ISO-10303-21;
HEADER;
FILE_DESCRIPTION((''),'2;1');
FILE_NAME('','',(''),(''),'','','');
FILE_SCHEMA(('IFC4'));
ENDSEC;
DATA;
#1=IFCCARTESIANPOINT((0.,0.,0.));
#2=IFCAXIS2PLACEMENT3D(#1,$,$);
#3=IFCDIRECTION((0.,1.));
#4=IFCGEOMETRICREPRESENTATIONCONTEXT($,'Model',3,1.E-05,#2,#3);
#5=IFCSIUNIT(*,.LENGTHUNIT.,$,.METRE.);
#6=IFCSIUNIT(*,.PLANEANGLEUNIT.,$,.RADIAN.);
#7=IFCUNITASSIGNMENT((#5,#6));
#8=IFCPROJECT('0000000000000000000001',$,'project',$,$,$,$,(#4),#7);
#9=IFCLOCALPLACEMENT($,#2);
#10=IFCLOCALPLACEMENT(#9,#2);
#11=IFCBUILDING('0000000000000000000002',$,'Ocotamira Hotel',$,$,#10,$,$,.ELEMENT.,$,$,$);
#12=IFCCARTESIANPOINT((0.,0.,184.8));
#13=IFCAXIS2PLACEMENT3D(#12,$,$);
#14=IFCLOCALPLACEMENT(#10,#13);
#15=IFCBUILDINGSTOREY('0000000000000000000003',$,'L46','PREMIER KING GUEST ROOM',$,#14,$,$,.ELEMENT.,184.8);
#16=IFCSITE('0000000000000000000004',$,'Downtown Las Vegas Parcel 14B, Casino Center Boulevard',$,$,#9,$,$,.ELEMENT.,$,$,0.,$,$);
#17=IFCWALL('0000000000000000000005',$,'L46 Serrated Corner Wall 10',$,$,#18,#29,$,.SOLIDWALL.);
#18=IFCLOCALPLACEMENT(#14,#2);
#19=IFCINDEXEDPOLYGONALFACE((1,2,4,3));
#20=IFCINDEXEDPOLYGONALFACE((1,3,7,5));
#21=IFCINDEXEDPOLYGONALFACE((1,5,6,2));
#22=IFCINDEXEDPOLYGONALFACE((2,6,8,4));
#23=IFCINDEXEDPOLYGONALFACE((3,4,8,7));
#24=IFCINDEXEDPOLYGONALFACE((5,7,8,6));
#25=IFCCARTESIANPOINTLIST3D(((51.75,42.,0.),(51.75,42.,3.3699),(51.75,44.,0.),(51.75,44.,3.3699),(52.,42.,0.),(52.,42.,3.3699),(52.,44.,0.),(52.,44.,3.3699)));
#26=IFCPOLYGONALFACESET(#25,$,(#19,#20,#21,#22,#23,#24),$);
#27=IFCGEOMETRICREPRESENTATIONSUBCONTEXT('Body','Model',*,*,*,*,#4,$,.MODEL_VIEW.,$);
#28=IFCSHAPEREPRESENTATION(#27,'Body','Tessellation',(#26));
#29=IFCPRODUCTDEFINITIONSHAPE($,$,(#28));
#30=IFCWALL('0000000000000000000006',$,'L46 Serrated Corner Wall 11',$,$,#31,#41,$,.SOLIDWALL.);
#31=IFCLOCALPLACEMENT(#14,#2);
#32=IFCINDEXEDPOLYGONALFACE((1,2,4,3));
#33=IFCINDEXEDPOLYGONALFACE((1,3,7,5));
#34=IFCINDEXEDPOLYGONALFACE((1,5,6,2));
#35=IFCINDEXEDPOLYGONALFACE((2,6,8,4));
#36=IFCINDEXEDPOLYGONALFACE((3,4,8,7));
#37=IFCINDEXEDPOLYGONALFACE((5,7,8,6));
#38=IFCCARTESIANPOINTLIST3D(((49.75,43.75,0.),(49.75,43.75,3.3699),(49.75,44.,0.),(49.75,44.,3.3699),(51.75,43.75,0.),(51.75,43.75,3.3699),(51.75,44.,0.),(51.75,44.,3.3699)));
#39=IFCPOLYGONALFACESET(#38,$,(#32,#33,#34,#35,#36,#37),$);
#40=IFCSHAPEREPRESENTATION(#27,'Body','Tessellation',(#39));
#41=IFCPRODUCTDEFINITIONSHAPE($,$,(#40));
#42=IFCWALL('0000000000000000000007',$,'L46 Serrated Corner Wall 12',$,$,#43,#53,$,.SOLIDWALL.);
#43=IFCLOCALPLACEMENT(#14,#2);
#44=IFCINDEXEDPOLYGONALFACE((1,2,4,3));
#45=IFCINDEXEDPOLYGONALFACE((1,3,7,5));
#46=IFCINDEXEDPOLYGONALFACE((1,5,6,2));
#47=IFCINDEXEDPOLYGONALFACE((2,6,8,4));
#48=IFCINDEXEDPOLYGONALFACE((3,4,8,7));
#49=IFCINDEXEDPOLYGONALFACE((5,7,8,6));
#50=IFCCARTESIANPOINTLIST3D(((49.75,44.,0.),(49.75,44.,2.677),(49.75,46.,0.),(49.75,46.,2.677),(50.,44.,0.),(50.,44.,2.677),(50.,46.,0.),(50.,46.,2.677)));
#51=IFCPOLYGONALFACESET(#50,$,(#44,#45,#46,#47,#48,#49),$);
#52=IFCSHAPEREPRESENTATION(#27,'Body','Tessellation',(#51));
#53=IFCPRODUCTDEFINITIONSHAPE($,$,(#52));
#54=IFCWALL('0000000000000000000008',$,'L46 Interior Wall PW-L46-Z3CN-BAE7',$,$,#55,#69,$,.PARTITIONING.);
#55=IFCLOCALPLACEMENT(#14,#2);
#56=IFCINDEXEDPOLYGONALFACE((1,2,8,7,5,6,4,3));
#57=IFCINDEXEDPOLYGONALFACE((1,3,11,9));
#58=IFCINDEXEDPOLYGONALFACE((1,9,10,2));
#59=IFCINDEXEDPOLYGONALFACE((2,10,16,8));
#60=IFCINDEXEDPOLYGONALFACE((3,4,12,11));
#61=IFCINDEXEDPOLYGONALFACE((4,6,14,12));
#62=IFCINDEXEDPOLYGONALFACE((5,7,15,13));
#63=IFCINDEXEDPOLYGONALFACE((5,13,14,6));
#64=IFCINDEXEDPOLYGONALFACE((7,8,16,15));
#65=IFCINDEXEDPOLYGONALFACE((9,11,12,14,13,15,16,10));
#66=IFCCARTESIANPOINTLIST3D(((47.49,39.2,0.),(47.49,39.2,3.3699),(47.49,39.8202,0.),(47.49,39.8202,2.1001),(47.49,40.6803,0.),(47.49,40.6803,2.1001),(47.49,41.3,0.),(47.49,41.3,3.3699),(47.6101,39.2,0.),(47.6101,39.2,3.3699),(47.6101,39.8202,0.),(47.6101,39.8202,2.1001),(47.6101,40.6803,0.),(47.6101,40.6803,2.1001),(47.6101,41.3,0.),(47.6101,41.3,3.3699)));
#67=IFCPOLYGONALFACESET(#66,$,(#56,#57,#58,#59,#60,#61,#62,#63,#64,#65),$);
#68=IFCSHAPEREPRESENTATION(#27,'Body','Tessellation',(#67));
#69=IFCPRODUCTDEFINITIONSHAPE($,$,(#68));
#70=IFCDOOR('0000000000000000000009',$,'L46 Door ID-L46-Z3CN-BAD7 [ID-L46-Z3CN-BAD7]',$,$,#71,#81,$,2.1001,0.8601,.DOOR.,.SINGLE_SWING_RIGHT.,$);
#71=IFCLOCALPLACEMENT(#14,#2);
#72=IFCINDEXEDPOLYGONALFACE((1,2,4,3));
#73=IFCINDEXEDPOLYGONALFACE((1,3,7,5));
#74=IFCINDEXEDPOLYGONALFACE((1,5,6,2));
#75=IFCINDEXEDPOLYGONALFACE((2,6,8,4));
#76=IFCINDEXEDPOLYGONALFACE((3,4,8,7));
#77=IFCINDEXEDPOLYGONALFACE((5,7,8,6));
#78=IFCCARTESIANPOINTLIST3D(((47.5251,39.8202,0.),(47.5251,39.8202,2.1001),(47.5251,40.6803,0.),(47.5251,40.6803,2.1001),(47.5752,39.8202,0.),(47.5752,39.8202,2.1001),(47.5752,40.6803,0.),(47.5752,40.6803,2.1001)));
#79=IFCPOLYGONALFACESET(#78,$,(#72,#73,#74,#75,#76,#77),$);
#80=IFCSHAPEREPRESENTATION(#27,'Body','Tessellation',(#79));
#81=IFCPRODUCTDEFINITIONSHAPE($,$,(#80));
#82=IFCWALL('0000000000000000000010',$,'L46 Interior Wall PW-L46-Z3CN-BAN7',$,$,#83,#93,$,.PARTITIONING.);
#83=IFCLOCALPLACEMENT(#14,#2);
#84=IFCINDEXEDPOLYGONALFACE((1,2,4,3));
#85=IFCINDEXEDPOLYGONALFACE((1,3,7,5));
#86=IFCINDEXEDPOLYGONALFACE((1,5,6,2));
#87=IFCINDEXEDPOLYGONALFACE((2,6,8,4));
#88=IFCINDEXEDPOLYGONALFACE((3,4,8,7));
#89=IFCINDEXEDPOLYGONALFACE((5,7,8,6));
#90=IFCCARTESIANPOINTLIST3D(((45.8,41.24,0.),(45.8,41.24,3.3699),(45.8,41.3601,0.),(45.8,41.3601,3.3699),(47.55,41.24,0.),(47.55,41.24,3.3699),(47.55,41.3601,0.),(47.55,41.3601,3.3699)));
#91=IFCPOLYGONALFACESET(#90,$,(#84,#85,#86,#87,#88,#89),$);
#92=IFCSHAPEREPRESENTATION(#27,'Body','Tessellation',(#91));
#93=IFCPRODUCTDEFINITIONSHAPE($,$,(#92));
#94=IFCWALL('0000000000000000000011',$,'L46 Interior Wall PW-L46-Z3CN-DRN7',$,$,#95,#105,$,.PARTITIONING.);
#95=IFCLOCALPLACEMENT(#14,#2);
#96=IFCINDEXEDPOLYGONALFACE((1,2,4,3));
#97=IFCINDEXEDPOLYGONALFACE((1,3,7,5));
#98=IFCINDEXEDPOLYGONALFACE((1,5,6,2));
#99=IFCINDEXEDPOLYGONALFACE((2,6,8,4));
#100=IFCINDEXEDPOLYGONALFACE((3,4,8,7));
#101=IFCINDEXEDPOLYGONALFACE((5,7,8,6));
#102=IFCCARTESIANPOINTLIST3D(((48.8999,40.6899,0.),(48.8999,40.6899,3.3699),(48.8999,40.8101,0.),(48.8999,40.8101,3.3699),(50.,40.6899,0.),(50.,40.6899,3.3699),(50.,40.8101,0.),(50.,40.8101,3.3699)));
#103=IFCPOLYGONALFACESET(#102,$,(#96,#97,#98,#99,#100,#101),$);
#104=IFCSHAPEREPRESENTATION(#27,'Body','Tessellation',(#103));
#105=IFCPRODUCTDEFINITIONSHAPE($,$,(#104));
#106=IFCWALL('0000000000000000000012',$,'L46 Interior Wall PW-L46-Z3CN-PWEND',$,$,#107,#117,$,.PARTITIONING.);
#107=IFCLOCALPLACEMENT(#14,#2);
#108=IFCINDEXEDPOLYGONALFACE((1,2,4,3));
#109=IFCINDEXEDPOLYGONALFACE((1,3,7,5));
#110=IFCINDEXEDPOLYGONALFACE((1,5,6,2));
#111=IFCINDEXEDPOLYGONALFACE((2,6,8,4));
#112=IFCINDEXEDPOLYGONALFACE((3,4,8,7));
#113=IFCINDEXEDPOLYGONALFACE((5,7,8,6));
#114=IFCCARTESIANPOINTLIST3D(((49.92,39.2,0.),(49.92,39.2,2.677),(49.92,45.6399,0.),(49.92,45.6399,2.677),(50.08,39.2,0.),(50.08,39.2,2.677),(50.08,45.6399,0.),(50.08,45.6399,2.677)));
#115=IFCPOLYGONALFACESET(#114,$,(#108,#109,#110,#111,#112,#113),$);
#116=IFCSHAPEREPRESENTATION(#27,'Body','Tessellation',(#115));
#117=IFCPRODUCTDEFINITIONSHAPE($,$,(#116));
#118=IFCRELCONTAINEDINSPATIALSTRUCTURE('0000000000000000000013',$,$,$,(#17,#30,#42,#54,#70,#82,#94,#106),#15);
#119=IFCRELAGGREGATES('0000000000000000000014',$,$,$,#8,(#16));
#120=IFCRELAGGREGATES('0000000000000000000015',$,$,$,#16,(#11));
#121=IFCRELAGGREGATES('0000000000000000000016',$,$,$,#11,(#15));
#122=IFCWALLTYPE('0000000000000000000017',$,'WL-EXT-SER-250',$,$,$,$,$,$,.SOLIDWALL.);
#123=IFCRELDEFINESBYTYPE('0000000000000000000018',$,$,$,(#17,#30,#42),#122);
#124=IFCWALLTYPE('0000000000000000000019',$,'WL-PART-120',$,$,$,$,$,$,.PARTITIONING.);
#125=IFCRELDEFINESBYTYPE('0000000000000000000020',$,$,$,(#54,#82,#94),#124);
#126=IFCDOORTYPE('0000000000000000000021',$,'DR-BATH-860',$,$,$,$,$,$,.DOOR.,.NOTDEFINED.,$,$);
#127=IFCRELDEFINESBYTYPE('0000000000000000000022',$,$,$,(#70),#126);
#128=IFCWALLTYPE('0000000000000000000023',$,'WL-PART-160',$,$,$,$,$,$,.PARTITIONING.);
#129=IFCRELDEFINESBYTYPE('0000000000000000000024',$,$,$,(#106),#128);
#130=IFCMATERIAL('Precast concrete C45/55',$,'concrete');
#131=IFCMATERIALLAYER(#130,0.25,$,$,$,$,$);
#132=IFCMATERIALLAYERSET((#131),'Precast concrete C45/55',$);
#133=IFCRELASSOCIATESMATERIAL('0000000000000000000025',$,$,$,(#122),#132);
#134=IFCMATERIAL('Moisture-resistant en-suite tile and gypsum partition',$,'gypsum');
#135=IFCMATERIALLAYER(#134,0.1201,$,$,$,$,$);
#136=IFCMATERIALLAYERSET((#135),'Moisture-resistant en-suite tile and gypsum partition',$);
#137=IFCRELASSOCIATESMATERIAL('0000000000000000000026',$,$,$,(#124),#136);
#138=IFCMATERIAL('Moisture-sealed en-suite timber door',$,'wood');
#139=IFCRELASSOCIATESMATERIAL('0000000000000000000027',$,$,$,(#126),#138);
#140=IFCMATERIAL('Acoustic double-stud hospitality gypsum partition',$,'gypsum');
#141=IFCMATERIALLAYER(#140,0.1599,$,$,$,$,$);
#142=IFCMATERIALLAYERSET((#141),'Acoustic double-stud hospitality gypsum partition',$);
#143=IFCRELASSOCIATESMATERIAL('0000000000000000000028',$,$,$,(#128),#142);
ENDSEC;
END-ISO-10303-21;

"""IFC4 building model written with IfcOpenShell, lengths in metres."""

from ifc_helpers import new_model, si_unit, direction, frame, frame_2d, origin, place, context, subcontext, project, spatial, rectangle, extrude, source, transform, mapped, material, layer, layer_set, type_object, element, fill, save


model = new_model("IFC4")

# Units and contexts
model_context = context("Model", 3, precision=1e-05, world=origin(), true_north=direction((0.0, 1.0)))
body_context = subcontext(model_context, "Body", "Model", "MODEL_VIEW")
ifc_project = project(units=[si_unit("LENGTHUNIT", "METRE"), si_unit("PLANEANGLEUNIT", "RADIAN")], contexts=[model_context])

# Site, building, storey
site_placement = place(None, origin())
site = spatial("IfcSite", under=ifc_project, at=site_placement, Name="Downtown Las Vegas Parcel 14B, Casino Center Boulevard", CompositionType="ELEMENT", RefElevation=0.0)
building_placement = place(site_placement, origin())
building = spatial("IfcBuilding", under=site, at=building_placement, Name="Ocotamira Hotel", CompositionType="ELEMENT")
storey_placement = place(building_placement, frame((0.0, 0.0, 184.8)))
storey = spatial("IfcBuildingStorey", under=building, at=storey_placement, Name="L46", Description="PREMIER KING GUEST ROOM", CompositionType="ELEMENT", Elevation=184.8)

# Walls
ifc_material_1 = material(Name="Precast concrete C45/55", Category="concrete")
ifc_layer_1 = layer(ifc_material_1, 0.25)
ifc_layer_set_1 = layer_set([ifc_layer_1], Name="Precast concrete C45/55")
wall_type_1 = type_object("IfcWallType", Name="WL-EXT-SER-250", PredefinedType="SOLIDWALL", material=ifc_layer_set_1)
for number, where, z_axis, x_axis, name in (
    (1, (51.875, 42.0, 0.0), (0.0, 0.0, 1.0), (0.0, 1.0, 0.0), "L46 Serrated Corner Wall 10"),
    (2, (51.75, 43.875, 0.0), (0.0, 0.0, 1.0), (-1.0, 0.0, 0.0), "L46 Serrated Corner Wall 11"),
):
    element("IfcWall", number, at=place(storey_placement, frame(where, z_axis=z_axis, x_axis=x_axis)), inside=storey, type_object=wall_type_1, Name=name, PredefinedType="SOLIDWALL", context=body_context, shape_type="SweptSolid", body=[
        extrude(rectangle(XDim=2.0, YDim=0.25, at=frame_2d((1.0, 0.0))), origin(), (0.0, 0.0, 1.0), 3.3699),
    ])
wall_1_placement = place(storey_placement, frame((49.875, 44.0, 0.0), z_axis=(0.0, 0.0, 1.0), x_axis=(0.0, 1.0, 0.0)))
element("IfcWall", 3, at=wall_1_placement, inside=storey, type_object=wall_type_1, Name="L46 Serrated Corner Wall 12", PredefinedType="SOLIDWALL", context=body_context, shape_type="SweptSolid", body=[
    extrude(rectangle(XDim=2.0, YDim=0.25, at=frame_2d((1.0, 0.0))), origin(), (0.0, 0.0, 1.0), 2.677),
])

# Wall, opening, door
ifc_material_2 = material(Name="Moisture-resistant en-suite tile and gypsum partition", Category="gypsum")
ifc_layer_2 = layer(ifc_material_2, 0.1201)
ifc_layer_set_2 = layer_set([ifc_layer_2], Name="Moisture-resistant en-suite tile and gypsum partition")
wall_type_2 = type_object("IfcWallType", Name="WL-PART-120", PredefinedType="PARTITIONING", material=ifc_layer_set_2)
wall_2_placement = place(storey_placement, frame((47.55, 39.2, 0.0), z_axis=(0.0, 0.0, 1.0), x_axis=(0.0, 1.0, 0.0)))
wall_2 = element("IfcWall", 4, at=wall_2_placement, inside=storey, type_object=wall_type_2, Name="L46 Interior Wall PW-L46-Z3CN-BAE7", PredefinedType="PARTITIONING", context=body_context, shape_type="SweptSolid", body=[
    extrude(rectangle(XDim=2.1001, YDim=0.1201, at=frame_2d((1.05, 0.0))), origin(), (0.0, 0.0, 1.0), 3.3699),
])
opening_1_placement = place(wall_2_placement, frame((0.6201, 0.0, 0.0)))
opening_1 = element("IfcOpeningElement", 5, at=opening_1_placement, cuts=wall_2, PredefinedType="OPENING", context=body_context, shape_type="SweptSolid", body=[
    extrude(rectangle(XDim=0.8601, YDim=2.1001, at=frame_2d((0.4302, 1.05))), frame((0.0, 0.0701, 0.0), z_axis=(0.0, -1.0, 0.0), x_axis=(1.0, 0.0, 0.0)), (0.0, 0.0, 1.0), 0.1401),
])
ifc_material_3 = material(Name="Moisture-sealed en-suite timber door", Category="wood")
door_type_1 = type_object("IfcDoorType", Name="DR-BATH-860", OperationType="NOTDEFINED", PredefinedType="DOOR", material=ifc_material_3)
shared_shape_1 = source(origin(), body_context, "Body", "SweptSolid", [
    extrude(rectangle(XDim=0.8601, YDim=2.1001, at=frame_2d((0.4302, 1.05))), frame((0.0, 0.0249, 0.0), z_axis=(0.0, -1.0, 0.0), x_axis=(1.0, 0.0, 0.0)), (0.0, 0.0, 1.0), 0.05),
])
door_1_placement = place(opening_1_placement, origin())
door_1 = element("IfcDoor", 6, at=door_1_placement, inside=storey, type_object=door_type_1, Name="L46 Door ID-L46-Z3CN-BAD7 [ID-L46-Z3CN-BAD7]", OperationType="SINGLE_SWING_RIGHT", OverallHeight=2.1001, OverallWidth=0.8601, PredefinedType="DOOR", context=body_context, shape_type="MappedRepresentation", body=[
    mapped(shared_shape_1, transform((0.0, 0.0, 0.0), scale=1.0)),
])
fill(opening_1, door_1)

# Walls
wall_3_placement = place(storey_placement, frame((45.8, 41.3, 0.0), z_axis=(0.0, 0.0, 1.0), x_axis=(1.0, 0.0, 0.0)))
element("IfcWall", 7, at=wall_3_placement, inside=storey, type_object=wall_type_2, Name="L46 Interior Wall PW-L46-Z3CN-BAN7", PredefinedType="PARTITIONING", context=body_context, shape_type="SweptSolid", body=[
    extrude(rectangle(XDim=1.75, YDim=0.1201, at=frame_2d((0.875, 0.0))), origin(), (0.0, 0.0, 1.0), 3.3699),
])
wall_4_placement = place(storey_placement, frame((48.8999, 40.75, 0.0), z_axis=(0.0, 0.0, 1.0), x_axis=(1.0, 0.0, 0.0)))
element("IfcWall", 8, at=wall_4_placement, inside=storey, type_object=wall_type_2, Name="L46 Interior Wall PW-L46-Z3CN-DRN7", PredefinedType="PARTITIONING", context=body_context, shape_type="SweptSolid", body=[
    extrude(rectangle(XDim=1.1001, YDim=0.1201, at=frame_2d((0.55, 0.0))), origin(), (0.0, 0.0, 1.0), 3.3699),
])
ifc_material_4 = material(Name="Acoustic double-stud hospitality gypsum partition", Category="gypsum")
ifc_layer_3 = layer(ifc_material_4, 0.1599)
ifc_layer_set_3 = layer_set([ifc_layer_3], Name="Acoustic double-stud hospitality gypsum partition")
wall_type_3 = type_object("IfcWallType", Name="WL-PART-160", PredefinedType="PARTITIONING", material=ifc_layer_set_3)
wall_5_placement = place(storey_placement, frame((50.0, 39.2, 0.0), z_axis=(0.0, 0.0, 1.0), x_axis=(0.0, 1.0, 0.0)))
element("IfcWall", 9, at=wall_5_placement, inside=storey, type_object=wall_type_3, Name="L46 Interior Wall PW-L46-Z3CN-PWEND", PredefinedType="PARTITIONING", context=body_context, shape_type="SweptSolid", body=[
    extrude(rectangle(XDim=6.4399, YDim=0.1599, at=frame_2d((3.22, 0.0))), origin(), (0.0, 0.0, 1.0), 2.677),
])

save(model, "model.ifc")
